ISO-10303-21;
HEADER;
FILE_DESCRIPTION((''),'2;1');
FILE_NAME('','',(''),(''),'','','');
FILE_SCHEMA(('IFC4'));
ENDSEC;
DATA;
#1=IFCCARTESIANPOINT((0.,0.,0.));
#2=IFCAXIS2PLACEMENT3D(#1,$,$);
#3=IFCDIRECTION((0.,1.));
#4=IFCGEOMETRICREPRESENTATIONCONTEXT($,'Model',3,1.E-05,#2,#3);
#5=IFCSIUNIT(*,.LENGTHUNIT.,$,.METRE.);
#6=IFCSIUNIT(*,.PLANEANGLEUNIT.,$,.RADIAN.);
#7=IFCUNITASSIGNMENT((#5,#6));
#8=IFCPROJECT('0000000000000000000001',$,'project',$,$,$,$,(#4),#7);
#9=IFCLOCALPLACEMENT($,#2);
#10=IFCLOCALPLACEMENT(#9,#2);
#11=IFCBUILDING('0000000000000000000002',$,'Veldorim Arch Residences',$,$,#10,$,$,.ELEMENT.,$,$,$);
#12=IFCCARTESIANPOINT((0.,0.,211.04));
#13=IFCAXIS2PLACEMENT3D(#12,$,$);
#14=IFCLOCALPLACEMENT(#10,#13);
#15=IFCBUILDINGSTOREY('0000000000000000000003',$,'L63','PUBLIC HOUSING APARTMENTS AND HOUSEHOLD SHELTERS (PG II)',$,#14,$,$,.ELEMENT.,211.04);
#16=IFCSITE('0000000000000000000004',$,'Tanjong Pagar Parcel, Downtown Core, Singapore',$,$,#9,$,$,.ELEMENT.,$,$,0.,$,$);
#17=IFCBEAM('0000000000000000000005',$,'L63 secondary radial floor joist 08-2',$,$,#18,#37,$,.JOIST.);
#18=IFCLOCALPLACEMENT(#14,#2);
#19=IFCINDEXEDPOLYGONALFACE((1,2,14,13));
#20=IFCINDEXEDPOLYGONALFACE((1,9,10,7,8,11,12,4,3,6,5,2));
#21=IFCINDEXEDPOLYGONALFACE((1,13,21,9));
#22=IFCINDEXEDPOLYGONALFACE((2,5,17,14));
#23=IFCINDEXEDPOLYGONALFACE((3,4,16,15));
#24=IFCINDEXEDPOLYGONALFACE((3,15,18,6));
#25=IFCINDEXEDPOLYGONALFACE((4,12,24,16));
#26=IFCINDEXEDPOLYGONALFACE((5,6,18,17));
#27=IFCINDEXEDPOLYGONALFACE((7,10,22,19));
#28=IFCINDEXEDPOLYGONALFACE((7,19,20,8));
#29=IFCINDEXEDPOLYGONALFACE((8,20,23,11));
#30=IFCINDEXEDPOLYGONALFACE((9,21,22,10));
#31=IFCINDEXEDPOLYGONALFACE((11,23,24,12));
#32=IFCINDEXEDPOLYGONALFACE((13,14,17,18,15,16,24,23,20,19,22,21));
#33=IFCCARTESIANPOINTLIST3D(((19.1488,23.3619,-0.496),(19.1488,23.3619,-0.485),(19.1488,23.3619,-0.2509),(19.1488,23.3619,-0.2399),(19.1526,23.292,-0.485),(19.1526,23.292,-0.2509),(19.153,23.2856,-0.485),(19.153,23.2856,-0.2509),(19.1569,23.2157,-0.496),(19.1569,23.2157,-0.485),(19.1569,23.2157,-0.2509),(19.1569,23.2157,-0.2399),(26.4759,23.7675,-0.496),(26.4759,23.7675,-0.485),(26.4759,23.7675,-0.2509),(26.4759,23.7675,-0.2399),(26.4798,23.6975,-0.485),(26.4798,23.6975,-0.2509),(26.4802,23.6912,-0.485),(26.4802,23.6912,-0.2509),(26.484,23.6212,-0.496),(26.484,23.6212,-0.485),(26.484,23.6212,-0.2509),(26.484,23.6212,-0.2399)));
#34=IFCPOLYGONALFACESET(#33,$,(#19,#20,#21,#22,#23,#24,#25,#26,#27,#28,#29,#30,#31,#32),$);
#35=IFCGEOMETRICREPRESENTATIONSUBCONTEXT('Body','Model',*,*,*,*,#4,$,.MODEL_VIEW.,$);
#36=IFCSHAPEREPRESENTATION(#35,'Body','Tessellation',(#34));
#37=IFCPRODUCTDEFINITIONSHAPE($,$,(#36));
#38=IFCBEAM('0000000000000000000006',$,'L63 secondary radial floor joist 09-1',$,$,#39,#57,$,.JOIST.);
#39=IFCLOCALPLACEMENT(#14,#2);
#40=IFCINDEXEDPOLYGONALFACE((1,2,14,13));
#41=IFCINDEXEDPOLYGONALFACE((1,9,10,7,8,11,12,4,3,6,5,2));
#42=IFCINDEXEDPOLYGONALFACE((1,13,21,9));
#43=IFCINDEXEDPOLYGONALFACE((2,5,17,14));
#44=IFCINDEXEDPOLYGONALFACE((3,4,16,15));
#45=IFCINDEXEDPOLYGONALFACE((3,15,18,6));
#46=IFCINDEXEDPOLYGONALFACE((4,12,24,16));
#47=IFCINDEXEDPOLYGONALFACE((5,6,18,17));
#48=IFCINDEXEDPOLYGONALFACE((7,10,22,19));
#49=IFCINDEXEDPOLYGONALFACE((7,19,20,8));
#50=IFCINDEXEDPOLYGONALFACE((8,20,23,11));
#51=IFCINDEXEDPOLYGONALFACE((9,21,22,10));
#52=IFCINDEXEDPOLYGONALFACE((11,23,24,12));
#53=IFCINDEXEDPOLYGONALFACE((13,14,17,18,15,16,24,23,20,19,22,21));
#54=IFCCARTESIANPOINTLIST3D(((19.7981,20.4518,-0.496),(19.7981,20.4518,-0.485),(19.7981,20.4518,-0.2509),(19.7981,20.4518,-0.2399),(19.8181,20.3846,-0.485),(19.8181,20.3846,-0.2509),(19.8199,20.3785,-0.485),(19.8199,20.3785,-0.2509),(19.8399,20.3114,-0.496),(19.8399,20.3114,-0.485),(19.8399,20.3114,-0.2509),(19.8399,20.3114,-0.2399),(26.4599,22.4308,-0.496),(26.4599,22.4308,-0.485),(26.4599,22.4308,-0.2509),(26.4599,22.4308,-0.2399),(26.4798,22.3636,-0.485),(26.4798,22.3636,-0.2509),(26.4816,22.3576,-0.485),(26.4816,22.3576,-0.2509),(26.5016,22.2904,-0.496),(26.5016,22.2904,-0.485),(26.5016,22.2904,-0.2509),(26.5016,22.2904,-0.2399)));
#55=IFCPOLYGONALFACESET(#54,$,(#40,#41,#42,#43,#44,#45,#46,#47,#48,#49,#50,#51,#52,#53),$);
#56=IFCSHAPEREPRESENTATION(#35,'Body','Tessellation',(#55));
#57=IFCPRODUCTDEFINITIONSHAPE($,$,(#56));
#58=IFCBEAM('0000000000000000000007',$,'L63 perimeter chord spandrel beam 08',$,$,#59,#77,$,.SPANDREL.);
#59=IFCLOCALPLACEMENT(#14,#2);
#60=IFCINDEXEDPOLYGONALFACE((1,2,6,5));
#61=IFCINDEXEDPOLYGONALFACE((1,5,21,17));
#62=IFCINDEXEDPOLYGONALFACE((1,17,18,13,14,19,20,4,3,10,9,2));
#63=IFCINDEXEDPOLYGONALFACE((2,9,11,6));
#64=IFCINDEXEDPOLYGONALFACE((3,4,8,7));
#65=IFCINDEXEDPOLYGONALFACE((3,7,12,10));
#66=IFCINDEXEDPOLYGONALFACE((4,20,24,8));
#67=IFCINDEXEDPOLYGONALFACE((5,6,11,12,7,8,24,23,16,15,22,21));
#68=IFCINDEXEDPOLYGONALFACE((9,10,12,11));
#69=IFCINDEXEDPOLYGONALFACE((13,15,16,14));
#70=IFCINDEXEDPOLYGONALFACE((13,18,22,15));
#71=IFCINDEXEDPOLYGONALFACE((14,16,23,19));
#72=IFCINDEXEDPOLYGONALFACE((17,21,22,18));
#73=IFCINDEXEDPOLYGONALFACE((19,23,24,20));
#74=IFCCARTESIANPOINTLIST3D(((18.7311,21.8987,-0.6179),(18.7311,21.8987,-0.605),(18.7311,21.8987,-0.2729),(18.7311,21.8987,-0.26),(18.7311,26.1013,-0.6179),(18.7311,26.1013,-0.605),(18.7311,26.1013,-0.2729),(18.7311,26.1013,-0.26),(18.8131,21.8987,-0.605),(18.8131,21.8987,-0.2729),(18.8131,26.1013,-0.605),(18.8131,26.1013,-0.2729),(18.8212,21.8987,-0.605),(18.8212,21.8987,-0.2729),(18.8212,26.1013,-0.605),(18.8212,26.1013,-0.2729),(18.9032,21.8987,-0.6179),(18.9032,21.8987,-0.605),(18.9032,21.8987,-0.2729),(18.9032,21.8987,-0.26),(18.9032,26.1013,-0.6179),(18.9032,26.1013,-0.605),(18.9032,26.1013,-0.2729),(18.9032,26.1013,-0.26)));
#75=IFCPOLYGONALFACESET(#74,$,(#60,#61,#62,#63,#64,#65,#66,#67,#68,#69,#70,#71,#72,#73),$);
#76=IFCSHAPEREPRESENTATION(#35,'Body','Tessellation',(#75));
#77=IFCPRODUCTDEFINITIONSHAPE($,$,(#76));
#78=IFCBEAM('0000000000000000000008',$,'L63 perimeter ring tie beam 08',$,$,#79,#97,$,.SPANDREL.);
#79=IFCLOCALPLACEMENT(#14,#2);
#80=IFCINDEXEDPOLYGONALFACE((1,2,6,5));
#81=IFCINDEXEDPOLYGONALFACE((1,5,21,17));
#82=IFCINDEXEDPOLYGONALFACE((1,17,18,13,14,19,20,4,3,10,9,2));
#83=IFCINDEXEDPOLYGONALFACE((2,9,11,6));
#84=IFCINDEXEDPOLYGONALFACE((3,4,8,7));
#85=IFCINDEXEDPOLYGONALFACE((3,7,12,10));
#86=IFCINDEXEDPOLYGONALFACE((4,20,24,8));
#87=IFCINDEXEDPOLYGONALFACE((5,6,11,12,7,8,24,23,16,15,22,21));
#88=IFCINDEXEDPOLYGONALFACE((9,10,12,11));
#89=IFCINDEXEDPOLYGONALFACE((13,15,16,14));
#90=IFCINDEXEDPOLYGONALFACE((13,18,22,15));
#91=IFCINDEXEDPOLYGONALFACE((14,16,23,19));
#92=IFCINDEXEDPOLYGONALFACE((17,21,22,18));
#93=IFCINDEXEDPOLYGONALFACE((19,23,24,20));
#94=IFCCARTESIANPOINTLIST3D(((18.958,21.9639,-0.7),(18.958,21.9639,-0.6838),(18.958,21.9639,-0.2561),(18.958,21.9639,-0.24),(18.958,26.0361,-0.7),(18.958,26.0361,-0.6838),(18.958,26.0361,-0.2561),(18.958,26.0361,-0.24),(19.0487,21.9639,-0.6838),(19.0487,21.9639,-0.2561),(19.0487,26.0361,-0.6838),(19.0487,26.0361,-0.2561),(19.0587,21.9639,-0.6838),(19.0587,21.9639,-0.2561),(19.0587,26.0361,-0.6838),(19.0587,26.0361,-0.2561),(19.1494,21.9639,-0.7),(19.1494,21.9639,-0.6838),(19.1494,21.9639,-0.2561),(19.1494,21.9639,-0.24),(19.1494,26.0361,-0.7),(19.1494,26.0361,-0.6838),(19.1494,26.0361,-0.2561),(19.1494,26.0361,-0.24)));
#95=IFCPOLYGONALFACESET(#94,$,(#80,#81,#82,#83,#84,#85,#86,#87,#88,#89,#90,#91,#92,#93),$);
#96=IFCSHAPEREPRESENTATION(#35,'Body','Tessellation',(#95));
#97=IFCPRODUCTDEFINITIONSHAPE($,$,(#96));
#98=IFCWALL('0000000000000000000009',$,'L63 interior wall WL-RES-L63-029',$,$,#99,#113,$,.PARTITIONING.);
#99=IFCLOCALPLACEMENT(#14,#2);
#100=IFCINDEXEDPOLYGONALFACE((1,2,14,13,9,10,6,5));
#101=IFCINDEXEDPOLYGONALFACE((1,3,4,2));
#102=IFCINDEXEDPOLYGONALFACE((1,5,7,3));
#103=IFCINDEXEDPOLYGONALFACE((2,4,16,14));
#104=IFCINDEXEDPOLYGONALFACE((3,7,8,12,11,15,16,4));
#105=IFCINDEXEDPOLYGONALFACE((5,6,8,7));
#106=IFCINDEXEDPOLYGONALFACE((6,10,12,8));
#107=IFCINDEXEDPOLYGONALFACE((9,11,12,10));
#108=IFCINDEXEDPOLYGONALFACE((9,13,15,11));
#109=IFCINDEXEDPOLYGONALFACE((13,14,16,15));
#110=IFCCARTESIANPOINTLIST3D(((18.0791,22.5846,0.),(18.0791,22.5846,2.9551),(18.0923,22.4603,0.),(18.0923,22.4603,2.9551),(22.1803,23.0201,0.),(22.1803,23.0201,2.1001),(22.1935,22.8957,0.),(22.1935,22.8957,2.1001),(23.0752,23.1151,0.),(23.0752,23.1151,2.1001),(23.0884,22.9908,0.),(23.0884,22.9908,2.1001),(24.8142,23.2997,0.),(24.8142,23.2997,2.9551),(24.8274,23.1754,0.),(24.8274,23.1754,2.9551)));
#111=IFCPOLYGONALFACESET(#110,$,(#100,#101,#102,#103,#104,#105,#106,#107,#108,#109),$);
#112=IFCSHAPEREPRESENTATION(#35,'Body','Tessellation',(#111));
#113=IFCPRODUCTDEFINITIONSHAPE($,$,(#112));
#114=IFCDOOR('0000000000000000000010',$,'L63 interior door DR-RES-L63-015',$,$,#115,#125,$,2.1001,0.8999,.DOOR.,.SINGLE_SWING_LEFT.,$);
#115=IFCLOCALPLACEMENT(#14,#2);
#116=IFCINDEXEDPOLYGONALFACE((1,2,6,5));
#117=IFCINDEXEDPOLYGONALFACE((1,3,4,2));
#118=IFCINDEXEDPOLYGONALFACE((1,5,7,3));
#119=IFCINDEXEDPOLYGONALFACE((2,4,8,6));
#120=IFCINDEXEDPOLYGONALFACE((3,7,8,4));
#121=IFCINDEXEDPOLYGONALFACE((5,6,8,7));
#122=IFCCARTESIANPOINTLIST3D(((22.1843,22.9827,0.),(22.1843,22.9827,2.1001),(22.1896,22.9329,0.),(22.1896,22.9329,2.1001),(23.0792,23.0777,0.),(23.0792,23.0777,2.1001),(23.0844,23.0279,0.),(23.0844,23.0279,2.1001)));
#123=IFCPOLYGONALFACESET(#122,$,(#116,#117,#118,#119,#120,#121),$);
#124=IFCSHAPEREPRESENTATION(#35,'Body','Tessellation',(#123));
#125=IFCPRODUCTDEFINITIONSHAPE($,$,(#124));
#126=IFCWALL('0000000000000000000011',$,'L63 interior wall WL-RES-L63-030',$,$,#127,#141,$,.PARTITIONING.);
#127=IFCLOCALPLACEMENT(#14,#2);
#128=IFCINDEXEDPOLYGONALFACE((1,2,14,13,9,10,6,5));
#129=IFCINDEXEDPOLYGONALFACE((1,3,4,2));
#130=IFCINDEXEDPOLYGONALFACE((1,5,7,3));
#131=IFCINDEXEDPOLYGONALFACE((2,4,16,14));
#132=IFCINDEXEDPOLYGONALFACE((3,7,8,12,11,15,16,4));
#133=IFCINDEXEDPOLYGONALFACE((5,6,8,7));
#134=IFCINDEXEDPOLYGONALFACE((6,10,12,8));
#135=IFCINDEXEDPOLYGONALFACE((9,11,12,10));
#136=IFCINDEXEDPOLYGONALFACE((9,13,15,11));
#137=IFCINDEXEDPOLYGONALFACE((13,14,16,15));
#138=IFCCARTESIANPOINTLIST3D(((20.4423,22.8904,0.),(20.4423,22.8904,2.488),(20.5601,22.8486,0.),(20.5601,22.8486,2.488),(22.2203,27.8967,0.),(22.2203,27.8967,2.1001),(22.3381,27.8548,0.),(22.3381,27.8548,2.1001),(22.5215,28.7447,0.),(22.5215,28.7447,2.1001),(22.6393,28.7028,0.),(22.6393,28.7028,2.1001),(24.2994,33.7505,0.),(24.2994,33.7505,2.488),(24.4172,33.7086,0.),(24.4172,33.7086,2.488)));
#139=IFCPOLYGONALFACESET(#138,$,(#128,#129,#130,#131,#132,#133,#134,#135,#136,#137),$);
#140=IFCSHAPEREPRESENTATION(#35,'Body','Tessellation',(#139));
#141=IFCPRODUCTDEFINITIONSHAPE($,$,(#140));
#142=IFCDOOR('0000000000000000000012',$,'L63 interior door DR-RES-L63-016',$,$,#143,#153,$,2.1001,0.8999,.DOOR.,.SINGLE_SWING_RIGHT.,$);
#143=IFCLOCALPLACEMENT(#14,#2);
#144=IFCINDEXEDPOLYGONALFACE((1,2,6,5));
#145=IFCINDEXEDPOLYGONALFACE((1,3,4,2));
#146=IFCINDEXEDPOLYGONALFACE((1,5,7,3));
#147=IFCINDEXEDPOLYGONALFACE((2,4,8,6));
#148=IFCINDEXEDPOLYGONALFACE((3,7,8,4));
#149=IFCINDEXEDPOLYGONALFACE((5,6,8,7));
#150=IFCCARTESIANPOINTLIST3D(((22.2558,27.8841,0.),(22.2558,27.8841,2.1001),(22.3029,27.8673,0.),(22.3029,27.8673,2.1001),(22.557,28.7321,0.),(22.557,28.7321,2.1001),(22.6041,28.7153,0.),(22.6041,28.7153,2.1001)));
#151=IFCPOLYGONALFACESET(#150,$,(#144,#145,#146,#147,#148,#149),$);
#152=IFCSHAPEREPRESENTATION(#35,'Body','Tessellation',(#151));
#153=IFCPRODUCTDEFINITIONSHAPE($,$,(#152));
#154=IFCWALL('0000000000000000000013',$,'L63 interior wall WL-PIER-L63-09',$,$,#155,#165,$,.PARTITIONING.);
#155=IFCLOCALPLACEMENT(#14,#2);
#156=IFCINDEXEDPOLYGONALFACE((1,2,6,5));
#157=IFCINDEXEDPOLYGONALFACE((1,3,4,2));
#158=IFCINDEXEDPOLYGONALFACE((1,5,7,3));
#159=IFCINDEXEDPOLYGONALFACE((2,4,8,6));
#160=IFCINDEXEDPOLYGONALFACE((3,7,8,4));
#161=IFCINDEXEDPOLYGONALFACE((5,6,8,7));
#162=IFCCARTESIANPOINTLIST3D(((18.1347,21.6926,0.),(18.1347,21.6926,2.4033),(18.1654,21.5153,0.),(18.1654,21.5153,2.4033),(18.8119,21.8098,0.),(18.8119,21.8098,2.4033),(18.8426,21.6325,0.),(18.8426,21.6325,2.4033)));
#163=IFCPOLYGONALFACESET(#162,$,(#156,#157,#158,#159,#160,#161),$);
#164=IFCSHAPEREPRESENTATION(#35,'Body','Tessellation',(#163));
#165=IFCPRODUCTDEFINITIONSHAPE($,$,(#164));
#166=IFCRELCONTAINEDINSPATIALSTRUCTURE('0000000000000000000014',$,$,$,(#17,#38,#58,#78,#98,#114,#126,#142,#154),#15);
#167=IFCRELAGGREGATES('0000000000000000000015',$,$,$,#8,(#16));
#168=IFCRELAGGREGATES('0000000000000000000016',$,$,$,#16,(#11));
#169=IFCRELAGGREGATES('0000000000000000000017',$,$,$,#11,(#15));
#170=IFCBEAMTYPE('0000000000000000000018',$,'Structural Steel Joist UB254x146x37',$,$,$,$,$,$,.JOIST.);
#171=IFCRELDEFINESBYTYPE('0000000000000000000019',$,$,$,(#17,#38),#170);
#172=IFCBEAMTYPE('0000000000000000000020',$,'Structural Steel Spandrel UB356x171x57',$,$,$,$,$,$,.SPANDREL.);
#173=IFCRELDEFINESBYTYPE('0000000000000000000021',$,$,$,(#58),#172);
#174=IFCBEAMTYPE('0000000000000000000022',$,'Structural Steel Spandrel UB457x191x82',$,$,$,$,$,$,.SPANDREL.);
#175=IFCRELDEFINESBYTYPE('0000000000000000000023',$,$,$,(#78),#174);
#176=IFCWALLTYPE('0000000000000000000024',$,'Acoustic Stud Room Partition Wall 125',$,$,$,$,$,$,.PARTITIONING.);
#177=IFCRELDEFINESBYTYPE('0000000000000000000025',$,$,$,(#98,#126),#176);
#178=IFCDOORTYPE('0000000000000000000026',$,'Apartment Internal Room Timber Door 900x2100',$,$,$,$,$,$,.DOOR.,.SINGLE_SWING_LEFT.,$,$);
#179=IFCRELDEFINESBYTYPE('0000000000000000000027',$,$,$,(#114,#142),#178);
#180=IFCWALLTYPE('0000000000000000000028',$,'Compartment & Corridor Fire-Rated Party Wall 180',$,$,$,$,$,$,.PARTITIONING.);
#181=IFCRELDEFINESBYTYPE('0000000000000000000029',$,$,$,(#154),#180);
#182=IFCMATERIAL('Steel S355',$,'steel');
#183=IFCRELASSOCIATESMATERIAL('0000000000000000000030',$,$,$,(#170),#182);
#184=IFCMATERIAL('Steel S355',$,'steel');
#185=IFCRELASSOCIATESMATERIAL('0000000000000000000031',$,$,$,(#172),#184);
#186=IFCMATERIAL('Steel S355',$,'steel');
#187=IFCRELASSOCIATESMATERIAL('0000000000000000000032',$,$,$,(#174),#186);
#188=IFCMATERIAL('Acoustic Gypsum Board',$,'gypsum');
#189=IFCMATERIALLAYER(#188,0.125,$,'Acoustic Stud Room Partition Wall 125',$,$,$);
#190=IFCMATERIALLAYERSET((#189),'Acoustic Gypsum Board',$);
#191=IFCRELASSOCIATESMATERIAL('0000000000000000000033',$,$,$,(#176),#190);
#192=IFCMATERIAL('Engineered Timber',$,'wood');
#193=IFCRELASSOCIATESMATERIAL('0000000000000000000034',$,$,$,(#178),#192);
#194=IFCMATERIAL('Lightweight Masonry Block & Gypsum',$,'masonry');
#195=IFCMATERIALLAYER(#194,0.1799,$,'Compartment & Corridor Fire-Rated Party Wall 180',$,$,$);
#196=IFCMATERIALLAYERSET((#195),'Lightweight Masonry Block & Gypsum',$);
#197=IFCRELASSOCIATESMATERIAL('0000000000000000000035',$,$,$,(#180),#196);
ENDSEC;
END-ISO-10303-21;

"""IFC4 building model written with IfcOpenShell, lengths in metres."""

from ifc_helpers import new_model, si_unit, direction, frame, frame_2d, origin, origin_2d, place, context, subcontext, project, spatial, rectangle, i_section, extrude, material, layer, layer_set, material_profile, profile_set, type_object, element, fill, save


model = new_model("IFC4")

# Units and contexts
model_context = context("Model", 3, precision=1e-05, world=origin(), true_north=direction((0.0, 1.0)))
body_context = subcontext(model_context, "Body", "Model", "MODEL_VIEW")
ifc_project = project(units=[si_unit("LENGTHUNIT", "METRE"), si_unit("PLANEANGLEUNIT", "RADIAN")], contexts=[model_context])

# Site, building, storey
site_placement = place(None, origin())
site = spatial("IfcSite", under=ifc_project, at=site_placement, Name="Tanjong Pagar Parcel, Downtown Core, Singapore", CompositionType="ELEMENT", RefElevation=0.0)
building_placement = place(site_placement, origin())
building = spatial("IfcBuilding", under=site, at=building_placement, Name="Veldorim Arch Residences", CompositionType="ELEMENT")
storey_placement = place(building_placement, frame((0.0, 0.0, 211.04)))
storey = spatial("IfcBuildingStorey", under=building, at=storey_placement, Name="L63", Description="PUBLIC HOUSING APARTMENTS AND HOUSEHOLD SHELTERS (PG II)", CompositionType="ELEMENT", Elevation=211.04)

# Beams
ifc_material_1 = material(Name="Steel S355", Category="steel")
ifc_material_profile_1 = material_profile(ifc_material_1, i_section(OverallWidth=0.1465, OverallDepth=0.2561, WebThickness=0.0063, FlangeThickness=0.011, at=origin_2d()), Name="UB254x146x37")
ifc_profile_set_1 = profile_set([ifc_material_profile_1], Name="Steel S355")
beam_type_1 = type_object("IfcBeamType", Name="Structural Steel Joist UB254x146x37", PredefinedType="JOIST", material=ifc_profile_set_1)
for number, where, z_axis, x_axis, name in (
    (1, (26.48, 23.6943, -0.3679), (-0.998472, -0.05526, 0.0), (0.05526, -0.998472, 0.0), "L63 secondary radial floor joist 08-2"),
):
    element("IfcBeam", number, at=place(storey_placement, frame(where, z_axis=z_axis, x_axis=x_axis)), inside=storey, type_object=beam_type_1, Name=name, PredefinedType="JOIST", context=body_context, shape_type="SweptSolid", body=[
        extrude(i_section(OverallWidth=0.1465, OverallDepth=0.2561, WebThickness=0.0063, FlangeThickness=0.011, at=origin_2d()), origin(), (0.0, 0.0, 1.0), 7.3384),
    ])
beam_1_placement = place(storey_placement, frame((26.4807, 22.3606, -0.3679), z_axis=(-0.958594, -0.284775, 0.0), x_axis=(0.284775, -0.958594, 0.0)))
element("IfcBeam", 2, at=beam_1_placement, inside=storey, type_object=beam_type_1, Name="L63 secondary radial floor joist 09-1", PredefinedType="JOIST", context=body_context, shape_type="SweptSolid", body=[
    extrude(i_section(OverallWidth=0.1465, OverallDepth=0.2561, WebThickness=0.0063, FlangeThickness=0.011, at=origin_2d()), origin(), (0.0, 0.0, 1.0), 6.9495),
])
ifc_material_2 = material(Name="Steel S355", Category="steel")
ifc_material_profile_2 = material_profile(ifc_material_2, i_section(OverallWidth=0.1721, OverallDepth=0.3579, WebThickness=0.0081, FlangeThickness=0.0129, at=origin_2d()), Name="UB356x171x57")
ifc_profile_set_2 = profile_set([ifc_material_profile_2], Name="Steel S355")
beam_type_2 = type_object("IfcBeamType", Name="Structural Steel Spandrel UB356x171x57", PredefinedType="SPANDREL", material=ifc_profile_set_2)
beam_2_placement = place(storey_placement, frame((18.8171, 26.1013, -0.439), z_axis=(0.0, -1.0, 0.0), x_axis=(1.0, 0.0, 0.0)))
element("IfcBeam", 3, at=beam_2_placement, inside=storey, type_object=beam_type_2, Name="L63 perimeter chord spandrel beam 08", PredefinedType="SPANDREL", context=body_context, shape_type="SweptSolid", body=[
    extrude(i_section(OverallWidth=0.1721, OverallDepth=0.3579, WebThickness=0.0081, FlangeThickness=0.0129, at=origin_2d()), origin(), (0.0, 0.0, 1.0), 4.2026),
])
ifc_material_3 = material(Name="Steel S355", Category="steel")
ifc_material_profile_3 = material_profile(ifc_material_3, i_section(OverallWidth=0.1914, OverallDepth=0.46, WebThickness=0.01, FlangeThickness=0.0161, at=origin_2d()), Name="UB457x191x82")
ifc_profile_set_3 = profile_set([ifc_material_profile_3], Name="Steel S355")
beam_type_3 = type_object("IfcBeamType", Name="Structural Steel Spandrel UB457x191x82", PredefinedType="SPANDREL", material=ifc_profile_set_3)
beam_3_placement = place(storey_placement, frame((19.0537, 26.0361, -0.47), z_axis=(0.0, -1.0, 0.0), x_axis=(1.0, 0.0, 0.0)))
element("IfcBeam", 4, at=beam_3_placement, inside=storey, type_object=beam_type_3, Name="L63 perimeter ring tie beam 08", PredefinedType="SPANDREL", context=body_context, shape_type="SweptSolid", body=[
    extrude(i_section(OverallWidth=0.1914, OverallDepth=0.46, WebThickness=0.01, FlangeThickness=0.0161, at=origin_2d()), origin(), (0.0, 0.0, 1.0), 4.0723),
])

# Walls, openings, doors
ifc_material_4 = material(Name="Acoustic Gypsum Board", Category="gypsum")
ifc_layer_1 = layer(ifc_material_4, 0.125, Name="Acoustic Stud Room Partition Wall 125")
ifc_layer_set_1 = layer_set([ifc_layer_1], Name="Acoustic Gypsum Board")
wall_type_1 = type_object("IfcWallType", Name="Acoustic Stud Room Partition Wall 125", PredefinedType="PARTITIONING", material=ifc_layer_set_1)
wall_1_placement = place(storey_placement, frame((18.0857, 22.5225, 0.0), z_axis=(0.0, 0.0, 1.0), x_axis=(0.994411, 0.10558, 0.0)))
wall_1 = element("IfcWall", 5, at=wall_1_placement, inside=storey, type_object=wall_type_1, Name="L63 interior wall WL-RES-L63-029", PredefinedType="PARTITIONING", context=body_context, shape_type="SweptSolid", body=[
    extrude(rectangle(XDim=6.7729, YDim=0.125, at=frame_2d((3.3865, 0.0))), origin(), (0.0, 0.0, 1.0), 2.9551),
])
opening_1_placement = place(wall_1_placement, frame((4.1243, 0.0, 0.0)))
opening_1 = element("IfcOpeningElement", 6, at=opening_1_placement, cuts=wall_1, PredefinedType="OPENING", context=body_context, shape_type="SweptSolid", body=[
    extrude(rectangle(XDim=0.8999, YDim=2.1001, at=frame_2d((0.45, 1.05))), frame((0.0, 0.0725, 0.0), z_axis=(0.0, -1.0, 0.0), x_axis=(1.0, 0.0, 0.0)), (0.0, 0.0, 1.0), 0.145),
])
ifc_material_5 = material(Name="Engineered Timber", Category="wood")
door_type = type_object("IfcDoorType", Name="Apartment Internal Room Timber Door 900x2100", OperationType="SINGLE_SWING_LEFT", PredefinedType="DOOR", material=ifc_material_5)
door_1_placement = place(opening_1_placement, origin())
door_1 = element("IfcDoor", 7, at=door_1_placement, inside=storey, type_object=door_type, Name="L63 interior door DR-RES-L63-015", OperationType="SINGLE_SWING_LEFT", OverallHeight=2.1001, OverallWidth=0.8999, PredefinedType="DOOR", context=body_context, shape_type="SweptSolid", body=[
    extrude(rectangle(XDim=0.8999, YDim=2.1001, at=frame_2d((0.45, 1.05))), frame((0.0, 0.0249, 0.0), z_axis=(0.0, -1.0, 0.0), x_axis=(1.0, 0.0, 0.0)), (0.0, 0.0, 1.0), 0.05),
])
fill(opening_1, door_1)
wall_2_placement = place(storey_placement, frame((20.5012, 22.8696, 0.0), z_axis=(0.0, 0.0, 1.0), x_axis=(0.334687, 0.942329, 0.0)))
wall_2 = element("IfcWall", 8, at=wall_2_placement, inside=storey, type_object=wall_type_1, Name="L63 interior wall WL-RES-L63-030", PredefinedType="PARTITIONING", context=body_context, shape_type="SweptSolid", body=[
    extrude(rectangle(XDim=11.5247, YDim=0.125, at=frame_2d((5.7622, 0.0))), origin(), (0.0, 0.0, 1.0), 2.488),
])
opening_2_placement = place(wall_2_placement, frame((5.3125, 0.0, 0.0)))
opening_2 = element("IfcOpeningElement", 9, at=opening_2_placement, cuts=wall_2, PredefinedType="OPENING", context=body_context, shape_type="SweptSolid", body=[
    extrude(rectangle(XDim=0.8999, YDim=2.1001, at=frame_2d((0.45, 1.05))), frame((0.0, 0.0725, 0.0), z_axis=(0.0, -1.0, 0.0), x_axis=(1.0, 0.0, 0.0)), (0.0, 0.0, 1.0), 0.145),
])
door_2_placement = place(opening_2_placement, origin())
door_2 = element("IfcDoor", 10, at=door_2_placement, inside=storey, type_object=door_type, Name="L63 interior door DR-RES-L63-016", OperationType="SINGLE_SWING_RIGHT", OverallHeight=2.1001, OverallWidth=0.8999, PredefinedType="DOOR", context=body_context, shape_type="SweptSolid", body=[
    extrude(rectangle(XDim=0.8999, YDim=2.1001, at=frame_2d((0.45, 1.05))), frame((0.0, 0.0249, 0.0), z_axis=(0.0, -1.0, 0.0), x_axis=(1.0, 0.0, 0.0)), (0.0, 0.0, 1.0), 0.05),
])
fill(opening_2, door_2)

# Wall
ifc_material_6 = material(Name="Lightweight Masonry Block & Gypsum", Category="masonry")
ifc_layer_2 = layer(ifc_material_6, 0.1799, Name="Compartment & Corridor Fire-Rated Party Wall 180")
ifc_layer_set_2 = layer_set([ifc_layer_2], Name="Lightweight Masonry Block & Gypsum")
wall_type_2 = type_object("IfcWallType", Name="Compartment & Corridor Fire-Rated Party Wall 180", PredefinedType="PARTITIONING", material=ifc_layer_set_2)
wall_3_placement = place(storey_placement, frame((18.8274, 21.7212, 0.0), z_axis=(0.0, 0.0, 1.0), x_axis=(-0.985357, -0.170502, 0.0)))
element("IfcWall", 11, at=wall_3_placement, inside=storey, type_object=wall_type_2, Name="L63 interior wall WL-PIER-L63-09", PredefinedType="PARTITIONING", context=body_context, shape_type="SweptSolid", body=[
    extrude(rectangle(XDim=0.6873, YDim=0.1799, at=frame_2d((0.3438, 0.0))), origin(), (0.0, 0.0, 1.0), 2.4033),
])

save(model, "model.ifc")
